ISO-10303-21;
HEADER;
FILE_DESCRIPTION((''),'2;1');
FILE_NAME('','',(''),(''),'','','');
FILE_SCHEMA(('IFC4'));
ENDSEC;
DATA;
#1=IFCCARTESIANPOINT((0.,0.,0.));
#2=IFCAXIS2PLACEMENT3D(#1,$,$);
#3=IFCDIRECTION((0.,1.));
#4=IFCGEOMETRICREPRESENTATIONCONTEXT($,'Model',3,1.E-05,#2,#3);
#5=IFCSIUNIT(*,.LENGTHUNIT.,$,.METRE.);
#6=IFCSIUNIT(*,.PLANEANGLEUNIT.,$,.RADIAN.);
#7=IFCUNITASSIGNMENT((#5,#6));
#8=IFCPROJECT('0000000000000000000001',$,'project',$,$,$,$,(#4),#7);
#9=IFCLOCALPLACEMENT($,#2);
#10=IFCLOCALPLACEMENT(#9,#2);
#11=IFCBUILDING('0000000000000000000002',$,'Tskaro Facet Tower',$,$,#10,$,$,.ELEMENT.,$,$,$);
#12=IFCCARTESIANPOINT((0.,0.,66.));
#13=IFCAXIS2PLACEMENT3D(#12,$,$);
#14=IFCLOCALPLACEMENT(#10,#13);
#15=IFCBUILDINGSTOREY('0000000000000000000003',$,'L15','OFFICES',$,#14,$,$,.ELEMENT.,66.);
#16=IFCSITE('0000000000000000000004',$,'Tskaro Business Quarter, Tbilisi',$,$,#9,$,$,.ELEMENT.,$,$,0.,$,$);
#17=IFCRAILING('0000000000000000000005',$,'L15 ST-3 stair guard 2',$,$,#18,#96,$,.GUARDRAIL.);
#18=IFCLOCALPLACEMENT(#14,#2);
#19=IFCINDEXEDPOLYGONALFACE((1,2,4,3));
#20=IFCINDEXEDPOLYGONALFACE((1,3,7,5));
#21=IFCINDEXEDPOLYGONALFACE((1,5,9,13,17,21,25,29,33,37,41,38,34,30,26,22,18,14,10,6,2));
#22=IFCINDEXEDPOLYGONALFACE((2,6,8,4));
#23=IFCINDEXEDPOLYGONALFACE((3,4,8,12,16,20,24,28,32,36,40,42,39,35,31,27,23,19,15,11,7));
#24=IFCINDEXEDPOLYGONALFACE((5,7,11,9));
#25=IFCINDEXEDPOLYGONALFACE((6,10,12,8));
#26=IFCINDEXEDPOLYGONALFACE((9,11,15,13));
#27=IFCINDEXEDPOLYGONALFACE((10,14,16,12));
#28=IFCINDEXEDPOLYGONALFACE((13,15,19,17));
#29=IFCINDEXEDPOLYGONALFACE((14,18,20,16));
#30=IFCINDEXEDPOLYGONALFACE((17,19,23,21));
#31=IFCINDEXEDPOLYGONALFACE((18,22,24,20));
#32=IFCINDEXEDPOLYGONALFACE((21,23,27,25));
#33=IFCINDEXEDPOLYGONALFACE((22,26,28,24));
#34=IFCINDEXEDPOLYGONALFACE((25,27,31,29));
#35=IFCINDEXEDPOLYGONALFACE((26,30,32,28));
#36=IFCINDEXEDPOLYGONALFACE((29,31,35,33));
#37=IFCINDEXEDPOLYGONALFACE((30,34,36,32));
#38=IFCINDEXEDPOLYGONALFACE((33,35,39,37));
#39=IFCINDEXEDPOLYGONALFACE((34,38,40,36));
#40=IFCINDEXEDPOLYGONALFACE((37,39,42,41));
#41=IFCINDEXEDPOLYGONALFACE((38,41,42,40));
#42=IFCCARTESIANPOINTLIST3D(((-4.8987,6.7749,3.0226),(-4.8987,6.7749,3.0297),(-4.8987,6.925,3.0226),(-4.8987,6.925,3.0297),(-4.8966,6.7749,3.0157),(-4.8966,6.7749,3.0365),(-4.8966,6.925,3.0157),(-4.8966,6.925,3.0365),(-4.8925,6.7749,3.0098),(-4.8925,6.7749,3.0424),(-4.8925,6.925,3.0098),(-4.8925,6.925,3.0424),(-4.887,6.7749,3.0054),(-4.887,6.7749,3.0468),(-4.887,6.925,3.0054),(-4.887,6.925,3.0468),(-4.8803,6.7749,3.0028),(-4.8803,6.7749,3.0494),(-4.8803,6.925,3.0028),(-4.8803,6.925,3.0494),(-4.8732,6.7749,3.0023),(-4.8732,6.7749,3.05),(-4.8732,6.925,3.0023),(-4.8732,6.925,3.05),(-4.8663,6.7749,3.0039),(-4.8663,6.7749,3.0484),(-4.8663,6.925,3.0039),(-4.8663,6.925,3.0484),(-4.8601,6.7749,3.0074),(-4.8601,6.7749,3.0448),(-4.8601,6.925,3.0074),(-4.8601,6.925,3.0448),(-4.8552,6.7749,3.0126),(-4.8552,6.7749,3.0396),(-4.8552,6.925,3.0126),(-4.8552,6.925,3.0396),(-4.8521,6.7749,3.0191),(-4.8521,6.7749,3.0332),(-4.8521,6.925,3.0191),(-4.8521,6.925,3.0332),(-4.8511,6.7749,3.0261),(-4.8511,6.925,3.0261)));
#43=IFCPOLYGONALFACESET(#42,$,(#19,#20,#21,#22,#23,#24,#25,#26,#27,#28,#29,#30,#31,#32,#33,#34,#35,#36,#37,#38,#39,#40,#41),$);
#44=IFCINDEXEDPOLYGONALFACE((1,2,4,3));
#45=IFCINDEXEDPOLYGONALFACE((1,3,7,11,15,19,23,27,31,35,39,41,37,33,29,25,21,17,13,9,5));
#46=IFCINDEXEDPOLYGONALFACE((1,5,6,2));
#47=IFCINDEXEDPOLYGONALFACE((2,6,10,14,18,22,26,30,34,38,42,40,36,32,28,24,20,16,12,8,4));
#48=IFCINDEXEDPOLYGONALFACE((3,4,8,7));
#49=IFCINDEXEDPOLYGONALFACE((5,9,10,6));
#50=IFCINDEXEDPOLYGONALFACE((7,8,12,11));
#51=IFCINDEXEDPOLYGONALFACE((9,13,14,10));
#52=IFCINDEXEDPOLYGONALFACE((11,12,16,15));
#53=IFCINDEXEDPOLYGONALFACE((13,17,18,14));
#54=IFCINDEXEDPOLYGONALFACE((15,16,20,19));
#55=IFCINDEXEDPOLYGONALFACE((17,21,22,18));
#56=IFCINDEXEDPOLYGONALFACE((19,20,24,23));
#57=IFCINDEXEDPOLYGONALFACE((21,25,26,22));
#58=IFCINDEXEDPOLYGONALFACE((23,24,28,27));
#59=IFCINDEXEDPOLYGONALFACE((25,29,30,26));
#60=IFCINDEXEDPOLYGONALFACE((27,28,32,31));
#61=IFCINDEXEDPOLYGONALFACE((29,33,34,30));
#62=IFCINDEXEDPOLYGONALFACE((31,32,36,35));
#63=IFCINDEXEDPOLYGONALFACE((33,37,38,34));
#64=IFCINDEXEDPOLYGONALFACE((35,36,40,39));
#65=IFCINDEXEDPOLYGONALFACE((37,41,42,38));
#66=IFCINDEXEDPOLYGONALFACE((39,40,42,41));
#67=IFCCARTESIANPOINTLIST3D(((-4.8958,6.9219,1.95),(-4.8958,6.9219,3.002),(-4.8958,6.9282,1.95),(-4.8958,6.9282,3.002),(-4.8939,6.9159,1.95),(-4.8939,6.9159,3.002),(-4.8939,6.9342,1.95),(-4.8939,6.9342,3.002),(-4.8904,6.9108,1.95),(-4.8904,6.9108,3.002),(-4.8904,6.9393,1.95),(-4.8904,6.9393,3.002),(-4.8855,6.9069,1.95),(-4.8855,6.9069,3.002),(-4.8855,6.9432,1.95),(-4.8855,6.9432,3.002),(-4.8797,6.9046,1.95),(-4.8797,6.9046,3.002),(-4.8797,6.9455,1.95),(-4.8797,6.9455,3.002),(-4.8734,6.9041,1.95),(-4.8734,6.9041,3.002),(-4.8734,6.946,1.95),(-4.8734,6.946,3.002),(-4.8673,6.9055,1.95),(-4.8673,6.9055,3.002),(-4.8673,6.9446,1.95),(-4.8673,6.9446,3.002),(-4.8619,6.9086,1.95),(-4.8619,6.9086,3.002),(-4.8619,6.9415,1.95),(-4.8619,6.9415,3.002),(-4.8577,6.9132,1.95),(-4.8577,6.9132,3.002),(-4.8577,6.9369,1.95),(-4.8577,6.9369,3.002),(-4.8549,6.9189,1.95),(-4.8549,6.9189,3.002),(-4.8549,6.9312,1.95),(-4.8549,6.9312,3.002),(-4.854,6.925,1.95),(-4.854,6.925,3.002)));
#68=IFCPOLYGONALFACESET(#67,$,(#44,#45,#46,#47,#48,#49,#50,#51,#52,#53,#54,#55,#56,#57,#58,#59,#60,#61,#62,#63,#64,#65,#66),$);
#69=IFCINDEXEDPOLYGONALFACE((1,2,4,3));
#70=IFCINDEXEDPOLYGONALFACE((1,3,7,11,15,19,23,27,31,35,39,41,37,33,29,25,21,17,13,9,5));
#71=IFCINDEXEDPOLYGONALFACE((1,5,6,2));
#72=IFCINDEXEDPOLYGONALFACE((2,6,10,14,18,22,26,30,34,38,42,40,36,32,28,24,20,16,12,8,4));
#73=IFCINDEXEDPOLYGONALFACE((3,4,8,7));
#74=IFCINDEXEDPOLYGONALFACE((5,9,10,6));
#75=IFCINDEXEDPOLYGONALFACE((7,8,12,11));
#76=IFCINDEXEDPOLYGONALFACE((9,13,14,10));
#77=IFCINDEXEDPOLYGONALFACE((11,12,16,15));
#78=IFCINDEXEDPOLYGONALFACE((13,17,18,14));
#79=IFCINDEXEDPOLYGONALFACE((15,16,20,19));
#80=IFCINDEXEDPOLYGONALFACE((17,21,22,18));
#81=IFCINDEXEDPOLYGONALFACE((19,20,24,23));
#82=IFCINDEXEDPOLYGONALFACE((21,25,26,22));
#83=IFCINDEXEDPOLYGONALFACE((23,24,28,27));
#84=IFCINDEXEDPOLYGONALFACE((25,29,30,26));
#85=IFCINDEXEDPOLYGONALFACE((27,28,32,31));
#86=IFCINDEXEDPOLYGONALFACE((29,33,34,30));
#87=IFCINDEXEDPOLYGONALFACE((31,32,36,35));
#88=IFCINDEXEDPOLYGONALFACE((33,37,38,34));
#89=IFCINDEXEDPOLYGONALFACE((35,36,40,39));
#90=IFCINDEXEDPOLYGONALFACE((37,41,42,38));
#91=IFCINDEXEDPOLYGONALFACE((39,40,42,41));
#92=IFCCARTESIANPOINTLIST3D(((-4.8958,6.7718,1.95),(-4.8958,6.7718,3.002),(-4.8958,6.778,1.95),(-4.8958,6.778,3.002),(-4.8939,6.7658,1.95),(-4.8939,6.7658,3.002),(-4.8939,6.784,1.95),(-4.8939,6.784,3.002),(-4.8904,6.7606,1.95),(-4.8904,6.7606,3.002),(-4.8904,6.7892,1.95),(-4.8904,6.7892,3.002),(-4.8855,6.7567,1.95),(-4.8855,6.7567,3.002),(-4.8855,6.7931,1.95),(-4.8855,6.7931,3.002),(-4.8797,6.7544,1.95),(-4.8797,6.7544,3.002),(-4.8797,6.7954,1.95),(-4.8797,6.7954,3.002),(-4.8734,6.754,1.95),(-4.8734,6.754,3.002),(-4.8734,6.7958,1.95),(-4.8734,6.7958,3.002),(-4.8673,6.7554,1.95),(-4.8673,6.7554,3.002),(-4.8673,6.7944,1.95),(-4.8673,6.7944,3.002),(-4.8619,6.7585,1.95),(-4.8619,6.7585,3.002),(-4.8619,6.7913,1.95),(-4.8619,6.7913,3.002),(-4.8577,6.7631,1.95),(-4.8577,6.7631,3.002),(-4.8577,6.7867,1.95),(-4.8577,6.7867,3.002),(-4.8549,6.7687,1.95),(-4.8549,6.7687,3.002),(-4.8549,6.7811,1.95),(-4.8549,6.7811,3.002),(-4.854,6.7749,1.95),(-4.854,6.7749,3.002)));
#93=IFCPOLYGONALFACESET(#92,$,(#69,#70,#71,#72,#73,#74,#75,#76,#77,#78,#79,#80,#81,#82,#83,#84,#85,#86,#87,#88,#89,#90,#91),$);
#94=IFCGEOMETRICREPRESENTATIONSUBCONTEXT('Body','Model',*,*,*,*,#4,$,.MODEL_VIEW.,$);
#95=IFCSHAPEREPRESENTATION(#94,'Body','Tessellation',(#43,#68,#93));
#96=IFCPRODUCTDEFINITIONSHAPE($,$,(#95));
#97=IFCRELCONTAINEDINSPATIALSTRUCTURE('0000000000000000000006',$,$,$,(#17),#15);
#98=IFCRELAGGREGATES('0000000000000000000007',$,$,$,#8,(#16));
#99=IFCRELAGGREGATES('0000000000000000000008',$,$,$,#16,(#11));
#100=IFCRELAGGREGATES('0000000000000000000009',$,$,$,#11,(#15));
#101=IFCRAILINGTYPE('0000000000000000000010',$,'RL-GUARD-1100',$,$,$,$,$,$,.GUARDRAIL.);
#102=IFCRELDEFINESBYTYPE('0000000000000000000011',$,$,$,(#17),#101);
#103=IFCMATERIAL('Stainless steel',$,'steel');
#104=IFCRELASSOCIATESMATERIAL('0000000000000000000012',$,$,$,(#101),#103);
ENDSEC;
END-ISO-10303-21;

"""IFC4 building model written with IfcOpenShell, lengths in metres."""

from ifc_helpers import new_model, si_unit, direction, frame, origin, origin_2d, place, context, subcontext, project, spatial, circle, extrude, material, type_object, element, save


model = new_model("IFC4")

# Units and contexts
model_context = context("Model", 3, precision=1e-05, world=origin(), true_north=direction((0.0, 1.0)))
body_context = subcontext(model_context, "Body", "Model", "MODEL_VIEW")
ifc_project = project(units=[si_unit("LENGTHUNIT", "METRE"), si_unit("PLANEANGLEUNIT", "RADIAN")], contexts=[model_context])

# Site, building, storey
site_placement = place(None, origin())
site = spatial("IfcSite", under=ifc_project, at=site_placement, Name="Tskaro Business Quarter, Tbilisi", CompositionType="ELEMENT", RefElevation=0.0)
building_placement = place(site_placement, origin())
building = spatial("IfcBuilding", under=site, at=building_placement, Name="Tskaro Facet Tower", CompositionType="ELEMENT")
storey_placement = place(building_placement, frame((0.0, 0.0, 66.0)))
storey = spatial("IfcBuildingStorey", under=building, at=storey_placement, Name="L15", Description="OFFICES", CompositionType="ELEMENT", Elevation=66.0)

# Railing
ifc_material_1 = material(Name="Stainless steel", Category="steel")
railing_type_1 = type_object("IfcRailingType", Name="RL-GUARD-1100", PredefinedType="GUARDRAIL", material=ifc_material_1)
railing_1_placement = place(storey_placement, frame((-4.875, 6.925, 1.95)))
element("IfcRailing", 1, at=railing_1_placement, inside=storey, type_object=railing_type_1, Name="L15 ST-3 stair guard 2", PredefinedType="GUARDRAIL", context=body_context, shape_type="SweptSolid", body=[
    extrude(circle(Radius=0.0239, at=origin_2d()), frame((0.0, 0.0, 1.0762), z_axis=(0.0, -1.0, 0.0), x_axis=(1.0, 0.0, 0.0)), (0.0, 0.0, 1.0), 0.1501),
    extrude(circle(Radius=0.021, at=origin_2d()), origin(), (0.0, 0.0, 1.0), 1.052),
    extrude(circle(Radius=0.021, at=origin_2d()), frame((0.0, -0.1501, 0.0)), (0.0, 0.0, 1.0), 1.052),
])

save(model, "model.ifc")
